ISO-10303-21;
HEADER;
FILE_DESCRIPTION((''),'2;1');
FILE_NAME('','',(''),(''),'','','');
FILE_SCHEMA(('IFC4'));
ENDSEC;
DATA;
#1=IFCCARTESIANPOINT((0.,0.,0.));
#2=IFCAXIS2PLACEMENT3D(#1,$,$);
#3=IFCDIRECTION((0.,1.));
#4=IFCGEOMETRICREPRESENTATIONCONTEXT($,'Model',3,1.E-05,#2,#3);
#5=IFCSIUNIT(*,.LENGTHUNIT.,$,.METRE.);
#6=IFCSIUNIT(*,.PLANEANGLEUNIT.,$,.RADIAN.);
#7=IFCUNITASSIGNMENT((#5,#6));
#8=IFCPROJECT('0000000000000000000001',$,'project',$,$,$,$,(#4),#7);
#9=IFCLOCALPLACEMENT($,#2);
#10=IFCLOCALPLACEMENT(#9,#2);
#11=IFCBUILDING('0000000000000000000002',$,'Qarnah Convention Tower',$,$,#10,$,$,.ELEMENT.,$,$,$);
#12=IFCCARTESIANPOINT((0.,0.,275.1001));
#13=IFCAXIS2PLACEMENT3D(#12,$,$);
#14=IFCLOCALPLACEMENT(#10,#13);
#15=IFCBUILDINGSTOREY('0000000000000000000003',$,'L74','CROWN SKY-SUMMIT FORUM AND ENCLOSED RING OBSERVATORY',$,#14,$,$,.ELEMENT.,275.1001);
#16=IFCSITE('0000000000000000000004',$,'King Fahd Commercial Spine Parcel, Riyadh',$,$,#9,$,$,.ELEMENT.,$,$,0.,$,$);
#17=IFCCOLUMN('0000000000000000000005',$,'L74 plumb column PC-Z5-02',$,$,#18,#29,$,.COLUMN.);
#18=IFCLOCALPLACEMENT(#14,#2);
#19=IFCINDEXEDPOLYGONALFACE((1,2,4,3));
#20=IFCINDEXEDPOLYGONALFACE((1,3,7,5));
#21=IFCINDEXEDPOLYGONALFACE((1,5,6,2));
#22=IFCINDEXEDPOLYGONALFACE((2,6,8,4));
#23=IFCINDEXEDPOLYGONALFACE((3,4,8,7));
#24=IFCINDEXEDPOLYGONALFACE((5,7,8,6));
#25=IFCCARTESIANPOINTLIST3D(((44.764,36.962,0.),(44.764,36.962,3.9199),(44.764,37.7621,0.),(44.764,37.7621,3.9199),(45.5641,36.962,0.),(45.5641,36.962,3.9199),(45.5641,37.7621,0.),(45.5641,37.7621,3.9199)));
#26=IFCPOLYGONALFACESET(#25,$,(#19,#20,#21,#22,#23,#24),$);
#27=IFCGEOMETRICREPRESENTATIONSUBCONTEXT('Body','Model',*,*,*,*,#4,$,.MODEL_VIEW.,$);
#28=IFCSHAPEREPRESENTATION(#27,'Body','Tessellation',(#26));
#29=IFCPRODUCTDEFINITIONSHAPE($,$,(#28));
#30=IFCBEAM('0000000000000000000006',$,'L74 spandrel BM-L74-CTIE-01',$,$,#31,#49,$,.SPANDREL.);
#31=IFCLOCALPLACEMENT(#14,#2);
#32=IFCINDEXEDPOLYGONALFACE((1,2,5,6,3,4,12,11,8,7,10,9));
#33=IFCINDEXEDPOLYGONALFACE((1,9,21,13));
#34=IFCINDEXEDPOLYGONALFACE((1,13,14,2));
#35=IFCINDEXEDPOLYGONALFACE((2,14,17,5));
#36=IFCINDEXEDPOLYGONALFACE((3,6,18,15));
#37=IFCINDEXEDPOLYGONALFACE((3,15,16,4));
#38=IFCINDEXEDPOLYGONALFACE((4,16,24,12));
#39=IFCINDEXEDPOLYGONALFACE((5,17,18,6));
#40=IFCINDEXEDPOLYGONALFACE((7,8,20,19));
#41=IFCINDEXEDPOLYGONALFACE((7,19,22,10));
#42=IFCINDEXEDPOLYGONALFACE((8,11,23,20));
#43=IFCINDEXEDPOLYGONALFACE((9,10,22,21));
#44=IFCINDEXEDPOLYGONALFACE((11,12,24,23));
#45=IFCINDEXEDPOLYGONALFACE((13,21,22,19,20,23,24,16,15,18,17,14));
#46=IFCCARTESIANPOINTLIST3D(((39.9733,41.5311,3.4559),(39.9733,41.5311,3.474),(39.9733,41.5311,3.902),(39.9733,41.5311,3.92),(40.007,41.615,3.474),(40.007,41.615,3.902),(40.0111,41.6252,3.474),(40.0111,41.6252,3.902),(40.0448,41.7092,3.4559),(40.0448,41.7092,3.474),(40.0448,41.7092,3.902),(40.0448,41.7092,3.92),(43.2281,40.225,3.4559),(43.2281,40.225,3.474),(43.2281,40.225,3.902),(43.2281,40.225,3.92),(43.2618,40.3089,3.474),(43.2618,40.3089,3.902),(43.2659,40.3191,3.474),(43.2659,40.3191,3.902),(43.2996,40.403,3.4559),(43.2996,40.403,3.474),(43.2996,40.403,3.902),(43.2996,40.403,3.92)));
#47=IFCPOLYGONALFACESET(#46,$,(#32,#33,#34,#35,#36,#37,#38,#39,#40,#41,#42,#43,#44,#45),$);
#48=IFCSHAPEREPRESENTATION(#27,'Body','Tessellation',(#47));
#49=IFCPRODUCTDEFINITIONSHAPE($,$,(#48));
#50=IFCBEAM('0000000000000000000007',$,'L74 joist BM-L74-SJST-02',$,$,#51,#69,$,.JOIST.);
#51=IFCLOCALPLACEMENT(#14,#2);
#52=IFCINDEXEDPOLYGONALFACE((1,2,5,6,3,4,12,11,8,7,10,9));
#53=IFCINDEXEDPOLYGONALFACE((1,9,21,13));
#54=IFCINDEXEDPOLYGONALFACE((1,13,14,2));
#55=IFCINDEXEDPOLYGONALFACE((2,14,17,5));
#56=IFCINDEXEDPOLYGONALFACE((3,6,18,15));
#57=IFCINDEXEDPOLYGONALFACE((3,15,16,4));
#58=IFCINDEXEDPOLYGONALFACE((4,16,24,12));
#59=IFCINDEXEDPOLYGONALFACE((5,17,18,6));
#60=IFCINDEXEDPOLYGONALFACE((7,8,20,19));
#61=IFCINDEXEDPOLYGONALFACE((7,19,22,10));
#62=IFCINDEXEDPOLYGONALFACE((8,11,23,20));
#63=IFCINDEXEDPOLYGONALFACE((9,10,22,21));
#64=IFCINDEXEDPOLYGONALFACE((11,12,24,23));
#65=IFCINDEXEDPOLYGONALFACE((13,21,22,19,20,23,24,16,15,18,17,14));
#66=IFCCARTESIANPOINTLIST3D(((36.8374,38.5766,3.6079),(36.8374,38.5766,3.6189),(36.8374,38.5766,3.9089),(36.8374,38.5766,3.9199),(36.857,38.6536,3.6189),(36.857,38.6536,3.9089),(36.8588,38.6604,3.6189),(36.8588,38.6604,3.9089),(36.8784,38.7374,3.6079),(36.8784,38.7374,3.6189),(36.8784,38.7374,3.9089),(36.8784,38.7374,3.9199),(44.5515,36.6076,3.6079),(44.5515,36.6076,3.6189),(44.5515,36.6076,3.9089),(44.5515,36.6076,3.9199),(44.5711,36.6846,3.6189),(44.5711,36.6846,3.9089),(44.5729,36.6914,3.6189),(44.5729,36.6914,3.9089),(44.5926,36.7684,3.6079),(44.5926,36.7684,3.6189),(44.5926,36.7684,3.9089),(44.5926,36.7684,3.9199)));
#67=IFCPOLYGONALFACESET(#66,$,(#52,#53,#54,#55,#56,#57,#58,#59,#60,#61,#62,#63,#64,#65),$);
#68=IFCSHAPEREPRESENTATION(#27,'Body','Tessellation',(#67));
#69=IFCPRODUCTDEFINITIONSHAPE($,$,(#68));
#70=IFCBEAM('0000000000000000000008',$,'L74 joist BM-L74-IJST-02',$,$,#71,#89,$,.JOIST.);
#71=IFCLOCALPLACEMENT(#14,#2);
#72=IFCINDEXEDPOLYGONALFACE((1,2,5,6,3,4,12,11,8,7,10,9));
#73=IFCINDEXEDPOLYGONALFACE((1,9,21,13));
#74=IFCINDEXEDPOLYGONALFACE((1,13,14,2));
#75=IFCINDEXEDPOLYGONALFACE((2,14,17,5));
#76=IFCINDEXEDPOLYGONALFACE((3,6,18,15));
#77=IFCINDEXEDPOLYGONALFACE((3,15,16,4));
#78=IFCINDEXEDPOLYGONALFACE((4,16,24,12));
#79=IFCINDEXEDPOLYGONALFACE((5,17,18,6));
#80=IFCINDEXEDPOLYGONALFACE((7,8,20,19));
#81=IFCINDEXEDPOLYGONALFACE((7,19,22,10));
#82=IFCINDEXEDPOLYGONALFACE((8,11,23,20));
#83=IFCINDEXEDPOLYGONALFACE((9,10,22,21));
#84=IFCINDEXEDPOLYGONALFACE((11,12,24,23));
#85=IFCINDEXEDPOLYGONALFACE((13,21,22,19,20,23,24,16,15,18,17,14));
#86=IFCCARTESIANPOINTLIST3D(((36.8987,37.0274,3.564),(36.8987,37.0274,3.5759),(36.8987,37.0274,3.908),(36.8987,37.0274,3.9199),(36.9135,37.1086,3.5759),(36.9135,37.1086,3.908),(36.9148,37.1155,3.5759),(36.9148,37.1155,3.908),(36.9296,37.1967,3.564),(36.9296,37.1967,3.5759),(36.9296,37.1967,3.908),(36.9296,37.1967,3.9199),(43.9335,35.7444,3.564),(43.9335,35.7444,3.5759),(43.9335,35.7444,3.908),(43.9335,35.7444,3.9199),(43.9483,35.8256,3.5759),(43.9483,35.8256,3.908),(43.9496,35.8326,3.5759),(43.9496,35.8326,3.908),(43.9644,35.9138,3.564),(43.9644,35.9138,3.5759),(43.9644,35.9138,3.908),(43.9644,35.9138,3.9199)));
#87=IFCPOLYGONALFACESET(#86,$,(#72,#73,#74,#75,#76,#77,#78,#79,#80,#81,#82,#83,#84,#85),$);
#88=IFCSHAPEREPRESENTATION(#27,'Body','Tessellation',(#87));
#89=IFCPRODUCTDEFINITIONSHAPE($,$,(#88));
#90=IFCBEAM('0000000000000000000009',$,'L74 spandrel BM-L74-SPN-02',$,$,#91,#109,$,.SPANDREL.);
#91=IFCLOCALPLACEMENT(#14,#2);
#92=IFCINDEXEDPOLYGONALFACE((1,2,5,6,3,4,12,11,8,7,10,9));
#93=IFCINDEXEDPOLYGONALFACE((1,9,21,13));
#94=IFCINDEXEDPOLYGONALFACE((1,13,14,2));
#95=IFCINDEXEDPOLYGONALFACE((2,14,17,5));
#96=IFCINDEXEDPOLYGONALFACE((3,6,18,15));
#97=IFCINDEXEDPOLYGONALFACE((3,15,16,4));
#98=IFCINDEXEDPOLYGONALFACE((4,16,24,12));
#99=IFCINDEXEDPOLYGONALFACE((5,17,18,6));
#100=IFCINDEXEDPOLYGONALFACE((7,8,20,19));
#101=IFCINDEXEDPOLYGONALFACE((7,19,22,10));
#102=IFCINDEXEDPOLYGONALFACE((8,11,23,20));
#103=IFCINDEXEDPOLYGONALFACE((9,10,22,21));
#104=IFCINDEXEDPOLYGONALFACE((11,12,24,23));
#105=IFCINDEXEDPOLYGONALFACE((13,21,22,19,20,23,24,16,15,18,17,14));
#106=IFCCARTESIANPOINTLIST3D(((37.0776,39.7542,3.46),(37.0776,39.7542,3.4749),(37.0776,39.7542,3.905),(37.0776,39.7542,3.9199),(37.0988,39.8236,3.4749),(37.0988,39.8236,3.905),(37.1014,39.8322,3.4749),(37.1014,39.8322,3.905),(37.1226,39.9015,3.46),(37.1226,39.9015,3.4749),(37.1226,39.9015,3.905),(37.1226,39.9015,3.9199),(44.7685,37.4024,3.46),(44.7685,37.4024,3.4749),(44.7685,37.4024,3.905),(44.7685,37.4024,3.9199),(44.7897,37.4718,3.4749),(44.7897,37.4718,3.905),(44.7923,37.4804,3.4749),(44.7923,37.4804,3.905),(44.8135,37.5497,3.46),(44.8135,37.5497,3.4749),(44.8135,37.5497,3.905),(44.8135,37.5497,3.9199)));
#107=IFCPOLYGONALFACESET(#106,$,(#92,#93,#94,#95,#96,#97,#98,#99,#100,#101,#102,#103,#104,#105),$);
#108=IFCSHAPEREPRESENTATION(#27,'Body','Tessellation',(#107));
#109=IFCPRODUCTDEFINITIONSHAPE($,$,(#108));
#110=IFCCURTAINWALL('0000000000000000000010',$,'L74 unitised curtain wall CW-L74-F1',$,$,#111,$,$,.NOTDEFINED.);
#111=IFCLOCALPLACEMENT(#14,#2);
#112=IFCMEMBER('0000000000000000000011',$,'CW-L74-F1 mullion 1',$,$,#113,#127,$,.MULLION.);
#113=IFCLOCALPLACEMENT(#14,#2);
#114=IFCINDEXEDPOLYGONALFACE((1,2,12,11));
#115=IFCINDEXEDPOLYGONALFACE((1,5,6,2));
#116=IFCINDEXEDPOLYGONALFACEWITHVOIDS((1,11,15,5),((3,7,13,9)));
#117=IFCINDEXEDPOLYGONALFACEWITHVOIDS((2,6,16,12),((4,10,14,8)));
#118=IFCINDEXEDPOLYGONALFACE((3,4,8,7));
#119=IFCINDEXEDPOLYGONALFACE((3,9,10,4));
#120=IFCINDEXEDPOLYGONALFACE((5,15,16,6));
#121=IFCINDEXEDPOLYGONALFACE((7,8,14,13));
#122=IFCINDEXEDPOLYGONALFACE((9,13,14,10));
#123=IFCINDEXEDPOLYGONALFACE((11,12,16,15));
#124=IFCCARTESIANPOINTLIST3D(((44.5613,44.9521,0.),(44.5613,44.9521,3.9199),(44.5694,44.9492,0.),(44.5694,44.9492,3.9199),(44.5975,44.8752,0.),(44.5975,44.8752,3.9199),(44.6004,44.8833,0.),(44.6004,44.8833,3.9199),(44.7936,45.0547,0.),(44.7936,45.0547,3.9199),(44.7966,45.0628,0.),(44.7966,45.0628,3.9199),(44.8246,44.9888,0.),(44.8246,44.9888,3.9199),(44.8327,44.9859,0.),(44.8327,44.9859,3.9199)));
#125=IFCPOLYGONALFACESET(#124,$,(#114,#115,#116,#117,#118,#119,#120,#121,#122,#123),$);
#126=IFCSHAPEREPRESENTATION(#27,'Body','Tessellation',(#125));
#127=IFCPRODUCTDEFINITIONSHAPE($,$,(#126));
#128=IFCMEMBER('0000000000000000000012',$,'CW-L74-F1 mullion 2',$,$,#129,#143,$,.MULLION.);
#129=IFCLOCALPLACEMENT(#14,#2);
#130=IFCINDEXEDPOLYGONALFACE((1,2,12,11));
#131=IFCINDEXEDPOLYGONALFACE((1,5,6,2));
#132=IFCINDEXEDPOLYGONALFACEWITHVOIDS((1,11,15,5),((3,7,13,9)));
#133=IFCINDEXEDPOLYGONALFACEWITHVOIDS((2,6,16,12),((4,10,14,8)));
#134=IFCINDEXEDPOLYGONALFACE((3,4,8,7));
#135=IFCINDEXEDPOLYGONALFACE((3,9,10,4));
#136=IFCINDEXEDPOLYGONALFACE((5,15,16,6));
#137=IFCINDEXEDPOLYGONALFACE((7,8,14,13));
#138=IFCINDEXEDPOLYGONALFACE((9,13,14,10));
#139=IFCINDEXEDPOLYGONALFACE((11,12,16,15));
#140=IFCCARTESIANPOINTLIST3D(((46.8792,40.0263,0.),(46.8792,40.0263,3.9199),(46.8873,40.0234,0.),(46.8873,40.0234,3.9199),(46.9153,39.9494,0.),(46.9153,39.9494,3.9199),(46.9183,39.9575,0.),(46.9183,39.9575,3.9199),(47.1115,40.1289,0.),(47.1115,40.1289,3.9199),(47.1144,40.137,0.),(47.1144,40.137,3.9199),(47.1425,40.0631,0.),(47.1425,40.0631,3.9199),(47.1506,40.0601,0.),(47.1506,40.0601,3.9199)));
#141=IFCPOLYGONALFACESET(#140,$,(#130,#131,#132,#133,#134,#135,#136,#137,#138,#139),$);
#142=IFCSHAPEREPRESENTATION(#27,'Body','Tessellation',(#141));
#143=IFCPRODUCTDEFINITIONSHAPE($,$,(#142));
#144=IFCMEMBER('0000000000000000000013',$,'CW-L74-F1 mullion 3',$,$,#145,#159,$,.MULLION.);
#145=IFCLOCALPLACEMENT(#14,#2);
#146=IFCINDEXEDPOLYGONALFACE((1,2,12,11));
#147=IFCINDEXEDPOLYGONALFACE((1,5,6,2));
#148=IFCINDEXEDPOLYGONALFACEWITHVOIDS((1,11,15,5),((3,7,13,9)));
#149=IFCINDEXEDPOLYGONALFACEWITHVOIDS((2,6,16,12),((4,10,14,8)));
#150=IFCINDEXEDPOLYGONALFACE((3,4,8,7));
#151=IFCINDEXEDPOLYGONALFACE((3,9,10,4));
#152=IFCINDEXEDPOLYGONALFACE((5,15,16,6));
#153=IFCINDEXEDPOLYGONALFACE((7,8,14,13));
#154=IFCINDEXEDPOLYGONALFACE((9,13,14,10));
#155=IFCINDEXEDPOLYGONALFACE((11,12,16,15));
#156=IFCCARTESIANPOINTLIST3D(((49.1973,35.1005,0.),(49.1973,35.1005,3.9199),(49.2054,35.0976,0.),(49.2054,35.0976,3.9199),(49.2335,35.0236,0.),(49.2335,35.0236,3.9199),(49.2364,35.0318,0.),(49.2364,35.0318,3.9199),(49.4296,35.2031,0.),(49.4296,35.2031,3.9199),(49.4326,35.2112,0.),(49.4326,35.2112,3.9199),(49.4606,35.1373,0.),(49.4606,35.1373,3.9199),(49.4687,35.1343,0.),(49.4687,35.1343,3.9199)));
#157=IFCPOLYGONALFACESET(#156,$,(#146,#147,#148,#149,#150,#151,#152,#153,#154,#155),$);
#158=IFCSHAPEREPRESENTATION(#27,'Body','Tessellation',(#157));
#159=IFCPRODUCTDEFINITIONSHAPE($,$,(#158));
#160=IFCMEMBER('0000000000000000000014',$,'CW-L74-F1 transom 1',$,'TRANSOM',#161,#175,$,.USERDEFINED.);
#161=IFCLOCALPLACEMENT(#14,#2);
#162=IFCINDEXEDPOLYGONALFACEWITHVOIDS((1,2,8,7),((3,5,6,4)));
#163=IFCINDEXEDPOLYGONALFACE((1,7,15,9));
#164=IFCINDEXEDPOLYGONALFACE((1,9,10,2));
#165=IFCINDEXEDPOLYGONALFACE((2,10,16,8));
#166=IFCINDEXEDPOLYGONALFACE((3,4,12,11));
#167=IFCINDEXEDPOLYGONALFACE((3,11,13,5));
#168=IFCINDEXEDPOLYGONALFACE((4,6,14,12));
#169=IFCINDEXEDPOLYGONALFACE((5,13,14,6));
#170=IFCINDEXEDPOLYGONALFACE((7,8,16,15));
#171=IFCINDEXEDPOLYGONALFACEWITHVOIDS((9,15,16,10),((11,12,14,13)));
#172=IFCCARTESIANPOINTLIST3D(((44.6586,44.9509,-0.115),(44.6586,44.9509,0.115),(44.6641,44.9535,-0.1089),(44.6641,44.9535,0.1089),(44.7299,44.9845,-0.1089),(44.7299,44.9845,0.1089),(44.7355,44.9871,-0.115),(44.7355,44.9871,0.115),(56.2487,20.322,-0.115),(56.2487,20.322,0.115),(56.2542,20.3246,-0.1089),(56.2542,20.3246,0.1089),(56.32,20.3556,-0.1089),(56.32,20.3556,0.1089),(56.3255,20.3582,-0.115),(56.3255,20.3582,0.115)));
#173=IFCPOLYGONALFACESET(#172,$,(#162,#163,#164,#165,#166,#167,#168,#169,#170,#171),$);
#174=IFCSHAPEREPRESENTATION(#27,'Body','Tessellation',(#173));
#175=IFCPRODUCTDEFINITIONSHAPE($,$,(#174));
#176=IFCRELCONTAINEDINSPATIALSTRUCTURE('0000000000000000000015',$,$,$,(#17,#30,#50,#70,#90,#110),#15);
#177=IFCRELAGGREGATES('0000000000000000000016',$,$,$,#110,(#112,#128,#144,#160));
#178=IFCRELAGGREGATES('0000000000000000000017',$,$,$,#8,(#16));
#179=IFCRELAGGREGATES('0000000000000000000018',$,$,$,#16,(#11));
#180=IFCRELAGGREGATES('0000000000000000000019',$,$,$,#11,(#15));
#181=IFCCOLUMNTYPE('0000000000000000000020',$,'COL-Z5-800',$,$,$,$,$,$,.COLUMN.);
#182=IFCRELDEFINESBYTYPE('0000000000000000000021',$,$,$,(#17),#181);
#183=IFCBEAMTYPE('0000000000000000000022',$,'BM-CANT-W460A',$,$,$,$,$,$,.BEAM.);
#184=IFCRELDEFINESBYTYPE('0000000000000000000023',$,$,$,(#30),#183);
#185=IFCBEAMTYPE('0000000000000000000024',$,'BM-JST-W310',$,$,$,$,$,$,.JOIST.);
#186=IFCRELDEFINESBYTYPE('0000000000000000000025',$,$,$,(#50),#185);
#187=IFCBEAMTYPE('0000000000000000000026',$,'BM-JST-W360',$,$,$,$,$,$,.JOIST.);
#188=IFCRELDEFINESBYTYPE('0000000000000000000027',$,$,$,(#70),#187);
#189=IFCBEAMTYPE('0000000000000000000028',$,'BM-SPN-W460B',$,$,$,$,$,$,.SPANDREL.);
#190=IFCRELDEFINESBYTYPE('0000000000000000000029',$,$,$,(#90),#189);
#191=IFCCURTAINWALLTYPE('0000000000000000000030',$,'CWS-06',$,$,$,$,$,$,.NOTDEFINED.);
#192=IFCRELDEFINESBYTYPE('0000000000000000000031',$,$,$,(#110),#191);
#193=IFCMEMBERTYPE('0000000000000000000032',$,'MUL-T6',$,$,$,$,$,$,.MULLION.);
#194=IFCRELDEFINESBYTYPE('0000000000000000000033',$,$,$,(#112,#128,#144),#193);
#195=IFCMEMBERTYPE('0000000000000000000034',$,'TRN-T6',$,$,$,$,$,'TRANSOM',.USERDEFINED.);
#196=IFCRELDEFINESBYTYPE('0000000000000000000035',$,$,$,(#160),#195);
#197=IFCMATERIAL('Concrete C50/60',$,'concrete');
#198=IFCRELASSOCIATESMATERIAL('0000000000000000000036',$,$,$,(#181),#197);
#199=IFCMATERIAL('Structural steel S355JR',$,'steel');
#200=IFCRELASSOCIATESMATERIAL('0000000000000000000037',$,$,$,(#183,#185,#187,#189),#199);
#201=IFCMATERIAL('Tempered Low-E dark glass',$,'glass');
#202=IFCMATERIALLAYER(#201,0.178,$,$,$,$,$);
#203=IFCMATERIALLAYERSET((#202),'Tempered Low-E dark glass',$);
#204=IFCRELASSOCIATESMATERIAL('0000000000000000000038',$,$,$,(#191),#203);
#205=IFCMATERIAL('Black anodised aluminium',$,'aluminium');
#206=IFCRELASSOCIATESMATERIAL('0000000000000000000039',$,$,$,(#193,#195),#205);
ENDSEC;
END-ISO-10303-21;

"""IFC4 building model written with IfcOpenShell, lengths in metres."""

from ifc_helpers import new_model, si_unit, direction, frame, origin, origin_2d, place, context, subcontext, project, spatial, rectangle, hollow_rectangle, i_section, extrude, material, layer, layer_set, material_profile, profile_set, type_object, element, aggregate, save


model = new_model("IFC4")

# Units and contexts
model_context = context("Model", 3, precision=1e-05, world=origin(), true_north=direction((0.0, 1.0)))
body_context = subcontext(model_context, "Body", "Model", "MODEL_VIEW")
ifc_project = project(units=[si_unit("LENGTHUNIT", "METRE"), si_unit("PLANEANGLEUNIT", "RADIAN")], contexts=[model_context])

# Site, building, storey
site_placement = place(None, origin())
site = spatial("IfcSite", under=ifc_project, at=site_placement, Name="King Fahd Commercial Spine Parcel, Riyadh", CompositionType="ELEMENT", RefElevation=0.0)
building_placement = place(site_placement, origin())
building = spatial("IfcBuilding", under=site, at=building_placement, Name="Qarnah Convention Tower", CompositionType="ELEMENT")
storey_placement = place(building_placement, frame((0.0, 0.0, 275.1001)))
storey = spatial("IfcBuildingStorey", under=building, at=storey_placement, Name="L74", Description="CROWN SKY-SUMMIT FORUM AND ENCLOSED RING OBSERVATORY", CompositionType="ELEMENT", Elevation=275.1001)

# Column
ifc_material_1 = material(Name="Concrete C50/60", Category="concrete")
ifc_material_profile_1 = material_profile(ifc_material_1, rectangle(XDim=0.8, YDim=0.8, at=origin_2d()), Name="RC-COL-800X800")
ifc_profile_set_1 = profile_set([ifc_material_profile_1], Name="Concrete C50/60")
column_type = type_object("IfcColumnType", Name="COL-Z5-800", PredefinedType="COLUMN", material=ifc_profile_set_1)
column_placement = place(storey_placement, frame((45.1641, 37.3621, 0.0), z_axis=(0.0, 0.0, 1.0), x_axis=(1.0, 0.0, 0.0)))
element("IfcColumn", 1, at=column_placement, inside=storey, type_object=column_type, Name="L74 plumb column PC-Z5-02", PredefinedType="COLUMN", context=body_context, shape_type="SweptSolid", body=[
    extrude(rectangle(XDim=0.8, YDim=0.8, at=origin_2d()), origin(), (0.0, 0.0, 1.0), 3.9199),
])

# Beams
ifc_material_2 = material(Name="Structural steel S355JR", Category="steel")
ifc_material_profile_2 = material_profile(ifc_material_2, i_section(OverallWidth=0.1919, OverallDepth=0.4641, WebThickness=0.011, FlangeThickness=0.0181, at=origin_2d()), Name="W460X89")
ifc_profile_set_2 = profile_set([ifc_material_profile_2], Name="Structural steel S355JR")
beam_type_1 = type_object("IfcBeamType", Name="BM-CANT-W460A", PredefinedType="BEAM", material=ifc_profile_set_2)
beam_1_placement = place(storey_placement, frame((40.009, 41.6201, 3.688), z_axis=(0.928063, -0.372423, 0.0), x_axis=(0.372423, 0.928063, 0.0)))
element("IfcBeam", 2, at=beam_1_placement, inside=storey, type_object=beam_type_1, Name="L74 spandrel BM-L74-CTIE-01", PredefinedType="SPANDREL", context=body_context, shape_type="SweptSolid", body=[
    extrude(i_section(OverallWidth=0.1919, OverallDepth=0.4641, WebThickness=0.011, FlangeThickness=0.0181, at=origin_2d()), origin(), (0.0, 0.0, 1.0), 3.5071),
])
ifc_material_profile_3 = material_profile(ifc_material_2, i_section(OverallWidth=0.166, OverallDepth=0.312, WebThickness=0.0071, FlangeThickness=0.011, at=origin_2d()), Name="W310X45")
ifc_profile_set_3 = profile_set([ifc_material_profile_3], Name="Structural steel S355JR")
beam_type_2 = type_object("IfcBeamType", Name="BM-JST-W310", PredefinedType="JOIST", material=ifc_profile_set_3)
beam_2_placement = place(storey_placement, frame((44.572, 36.688, 3.7639), z_axis=(-0.968935, 0.247316, 0.0), x_axis=(-0.247316, -0.968935, 0.0)))
element("IfcBeam", 3, at=beam_2_placement, inside=storey, type_object=beam_type_2, Name="L74 joist BM-L74-SJST-02", PredefinedType="JOIST", context=body_context, shape_type="SweptSolid", body=[
    extrude(i_section(OverallWidth=0.166, OverallDepth=0.312, WebThickness=0.0071, FlangeThickness=0.011, at=origin_2d()), origin(), (0.0, 0.0, 1.0), 7.9614),
])
ifc_material_profile_4 = material_profile(ifc_material_2, i_section(OverallWidth=0.1721, OverallDepth=0.356, WebThickness=0.0071, FlangeThickness=0.012, at=origin_2d()), Name="W360X51")
ifc_profile_set_4 = profile_set([ifc_material_profile_4], Name="Structural steel S355JR")
beam_type_3 = type_object("IfcBeamType", Name="BM-JST-W360", PredefinedType="JOIST", material=ifc_profile_set_4)
beam_3_placement = place(storey_placement, frame((43.949, 35.8291, 3.7419), z_axis=(-0.983774, 0.179411, 0.0), x_axis=(-0.179411, -0.983774, 0.0)))
element("IfcBeam", 4, at=beam_3_placement, inside=storey, type_object=beam_type_3, Name="L74 joist BM-L74-IJST-02", PredefinedType="JOIST", context=body_context, shape_type="SweptSolid", body=[
    extrude(i_section(OverallWidth=0.1721, OverallDepth=0.356, WebThickness=0.0071, FlangeThickness=0.012, at=origin_2d()), origin(), (0.0, 0.0, 1.0), 7.1509),
])
ifc_material_profile_5 = material_profile(ifc_material_2, i_section(OverallWidth=0.1541, OverallDepth=0.46, WebThickness=0.009, FlangeThickness=0.0149, at=origin_2d()), Name="W460X68")
ifc_profile_set_5 = profile_set([ifc_material_profile_5], Name="Structural steel S355JR")
beam_type_4 = type_object("IfcBeamType", Name="BM-SPN-W460B", PredefinedType="SPANDREL", material=ifc_profile_set_5)
beam_4_placement = place(storey_placement, frame((44.791, 37.4761, 3.6899), z_axis=(-0.956289, 0.292424, 0.0), x_axis=(-0.292424, -0.956289, 0.0)))
element("IfcBeam", 5, at=beam_4_placement, inside=storey, type_object=beam_type_4, Name="L74 spandrel BM-L74-SPN-02", PredefinedType="SPANDREL", context=body_context, shape_type="SweptSolid", body=[
    extrude(i_section(OverallWidth=0.1541, OverallDepth=0.46, WebThickness=0.009, FlangeThickness=0.0149, at=origin_2d()), origin(), (0.0, 0.0, 1.0), 8.0425),
])

# Curtain wall, members
ifc_material_3 = material(Name="Tempered Low-E dark glass", Category="glass")
ifc_layer_1 = layer(ifc_material_3, 0.178)
ifc_layer_set_1 = layer_set([ifc_layer_1], Name="Tempered Low-E dark glass")
curtain_wall_type = type_object("IfcCurtainWallType", Name="CWS-06", PredefinedType="NOTDEFINED", material=ifc_layer_set_1)
curtain_wall_placement = place(storey_placement, origin())
curtain_wall = element("IfcCurtainWall", 6, at=curtain_wall_placement, inside=storey, type_object=curtain_wall_type, Name="L74 unitised curtain wall CW-L74-F1", PredefinedType="NOTDEFINED")
ifc_material_4 = material(Name="Black anodised aluminium", Category="aluminium")
ifc_material_profile_6 = material_profile(ifc_material_4, hollow_rectangle(XDim=0.085, YDim=0.26, WallThickness=0.0061, at=origin_2d()), Name="MUL-85X260")
ifc_profile_set_6 = profile_set([ifc_material_profile_6], Name="Black anodised aluminium")
member_type_1 = type_object("IfcMemberType", Name="MUL-T6", PredefinedType="MULLION", material=ifc_profile_set_6)
member_1_placement = place(storey_placement, frame((44.697, 44.969, 0.0), z_axis=(0.0, 0.0, 1.0), x_axis=(0.425794, -0.90482, 0.0)))
member_1 = element("IfcMember", 7, at=member_1_placement, type_object=member_type_1, Name="CW-L74-F1 mullion 1", PredefinedType="MULLION", context=body_context, shape_type="SweptSolid", body=[
    extrude(hollow_rectangle(XDim=0.085, YDim=0.26, WallThickness=0.0061, at=origin_2d()), origin(), (0.0, 0.0, 1.0), 3.9199),
])
member_2_placement = place(storey_placement, frame((47.0149, 40.0432, 0.0), z_axis=(0.0, 0.0, 1.0), x_axis=(0.425794, -0.90482, 0.0)))
member_2 = element("IfcMember", 8, at=member_2_placement, type_object=member_type_1, Name="CW-L74-F1 mullion 2", PredefinedType="MULLION", context=body_context, shape_type="SweptSolid", body=[
    extrude(hollow_rectangle(XDim=0.085, YDim=0.26, WallThickness=0.0061, at=origin_2d()), origin(), (0.0, 0.0, 1.0), 3.9199),
])
member_3_placement = place(storey_placement, frame((49.333, 35.1174, 0.0), z_axis=(0.0, 0.0, 1.0), x_axis=(0.425794, -0.90482, 0.0)))
member_3 = element("IfcMember", 9, at=member_3_placement, type_object=member_type_1, Name="CW-L74-F1 mullion 3", PredefinedType="MULLION", context=body_context, shape_type="SweptSolid", body=[
    extrude(hollow_rectangle(XDim=0.085, YDim=0.26, WallThickness=0.0061, at=origin_2d()), origin(), (0.0, 0.0, 1.0), 3.9199),
])
ifc_material_profile_7 = material_profile(ifc_material_4, hollow_rectangle(XDim=0.085, YDim=0.23, WallThickness=0.0061, at=origin_2d()), Name="TRN-85X230")
ifc_profile_set_7 = profile_set([ifc_material_profile_7], Name="Black anodised aluminium")
member_type_2 = type_object("IfcMemberType", Name="TRN-T6", ElementType="TRANSOM", PredefinedType="USERDEFINED", material=ifc_profile_set_7)
member_4_placement = place(storey_placement, frame((44.697, 44.969, 0.0), z_axis=(0.425797, -0.904818, 0.0), x_axis=(0.904818, 0.425797, 0.0)))
member_4 = element("IfcMember", 10, at=member_4_placement, type_object=member_type_2, Name="CW-L74-F1 transom 1", ObjectType="TRANSOM", PredefinedType="USERDEFINED", context=body_context, shape_type="SweptSolid", body=[
    extrude(hollow_rectangle(XDim=0.085, YDim=0.23, WallThickness=0.0061, at=origin_2d()), origin(), (0.0, 0.0, 1.0), 27.2197),
])
aggregate(curtain_wall, [member_1, member_2, member_3, member_4])

save(model, "model.ifc")
